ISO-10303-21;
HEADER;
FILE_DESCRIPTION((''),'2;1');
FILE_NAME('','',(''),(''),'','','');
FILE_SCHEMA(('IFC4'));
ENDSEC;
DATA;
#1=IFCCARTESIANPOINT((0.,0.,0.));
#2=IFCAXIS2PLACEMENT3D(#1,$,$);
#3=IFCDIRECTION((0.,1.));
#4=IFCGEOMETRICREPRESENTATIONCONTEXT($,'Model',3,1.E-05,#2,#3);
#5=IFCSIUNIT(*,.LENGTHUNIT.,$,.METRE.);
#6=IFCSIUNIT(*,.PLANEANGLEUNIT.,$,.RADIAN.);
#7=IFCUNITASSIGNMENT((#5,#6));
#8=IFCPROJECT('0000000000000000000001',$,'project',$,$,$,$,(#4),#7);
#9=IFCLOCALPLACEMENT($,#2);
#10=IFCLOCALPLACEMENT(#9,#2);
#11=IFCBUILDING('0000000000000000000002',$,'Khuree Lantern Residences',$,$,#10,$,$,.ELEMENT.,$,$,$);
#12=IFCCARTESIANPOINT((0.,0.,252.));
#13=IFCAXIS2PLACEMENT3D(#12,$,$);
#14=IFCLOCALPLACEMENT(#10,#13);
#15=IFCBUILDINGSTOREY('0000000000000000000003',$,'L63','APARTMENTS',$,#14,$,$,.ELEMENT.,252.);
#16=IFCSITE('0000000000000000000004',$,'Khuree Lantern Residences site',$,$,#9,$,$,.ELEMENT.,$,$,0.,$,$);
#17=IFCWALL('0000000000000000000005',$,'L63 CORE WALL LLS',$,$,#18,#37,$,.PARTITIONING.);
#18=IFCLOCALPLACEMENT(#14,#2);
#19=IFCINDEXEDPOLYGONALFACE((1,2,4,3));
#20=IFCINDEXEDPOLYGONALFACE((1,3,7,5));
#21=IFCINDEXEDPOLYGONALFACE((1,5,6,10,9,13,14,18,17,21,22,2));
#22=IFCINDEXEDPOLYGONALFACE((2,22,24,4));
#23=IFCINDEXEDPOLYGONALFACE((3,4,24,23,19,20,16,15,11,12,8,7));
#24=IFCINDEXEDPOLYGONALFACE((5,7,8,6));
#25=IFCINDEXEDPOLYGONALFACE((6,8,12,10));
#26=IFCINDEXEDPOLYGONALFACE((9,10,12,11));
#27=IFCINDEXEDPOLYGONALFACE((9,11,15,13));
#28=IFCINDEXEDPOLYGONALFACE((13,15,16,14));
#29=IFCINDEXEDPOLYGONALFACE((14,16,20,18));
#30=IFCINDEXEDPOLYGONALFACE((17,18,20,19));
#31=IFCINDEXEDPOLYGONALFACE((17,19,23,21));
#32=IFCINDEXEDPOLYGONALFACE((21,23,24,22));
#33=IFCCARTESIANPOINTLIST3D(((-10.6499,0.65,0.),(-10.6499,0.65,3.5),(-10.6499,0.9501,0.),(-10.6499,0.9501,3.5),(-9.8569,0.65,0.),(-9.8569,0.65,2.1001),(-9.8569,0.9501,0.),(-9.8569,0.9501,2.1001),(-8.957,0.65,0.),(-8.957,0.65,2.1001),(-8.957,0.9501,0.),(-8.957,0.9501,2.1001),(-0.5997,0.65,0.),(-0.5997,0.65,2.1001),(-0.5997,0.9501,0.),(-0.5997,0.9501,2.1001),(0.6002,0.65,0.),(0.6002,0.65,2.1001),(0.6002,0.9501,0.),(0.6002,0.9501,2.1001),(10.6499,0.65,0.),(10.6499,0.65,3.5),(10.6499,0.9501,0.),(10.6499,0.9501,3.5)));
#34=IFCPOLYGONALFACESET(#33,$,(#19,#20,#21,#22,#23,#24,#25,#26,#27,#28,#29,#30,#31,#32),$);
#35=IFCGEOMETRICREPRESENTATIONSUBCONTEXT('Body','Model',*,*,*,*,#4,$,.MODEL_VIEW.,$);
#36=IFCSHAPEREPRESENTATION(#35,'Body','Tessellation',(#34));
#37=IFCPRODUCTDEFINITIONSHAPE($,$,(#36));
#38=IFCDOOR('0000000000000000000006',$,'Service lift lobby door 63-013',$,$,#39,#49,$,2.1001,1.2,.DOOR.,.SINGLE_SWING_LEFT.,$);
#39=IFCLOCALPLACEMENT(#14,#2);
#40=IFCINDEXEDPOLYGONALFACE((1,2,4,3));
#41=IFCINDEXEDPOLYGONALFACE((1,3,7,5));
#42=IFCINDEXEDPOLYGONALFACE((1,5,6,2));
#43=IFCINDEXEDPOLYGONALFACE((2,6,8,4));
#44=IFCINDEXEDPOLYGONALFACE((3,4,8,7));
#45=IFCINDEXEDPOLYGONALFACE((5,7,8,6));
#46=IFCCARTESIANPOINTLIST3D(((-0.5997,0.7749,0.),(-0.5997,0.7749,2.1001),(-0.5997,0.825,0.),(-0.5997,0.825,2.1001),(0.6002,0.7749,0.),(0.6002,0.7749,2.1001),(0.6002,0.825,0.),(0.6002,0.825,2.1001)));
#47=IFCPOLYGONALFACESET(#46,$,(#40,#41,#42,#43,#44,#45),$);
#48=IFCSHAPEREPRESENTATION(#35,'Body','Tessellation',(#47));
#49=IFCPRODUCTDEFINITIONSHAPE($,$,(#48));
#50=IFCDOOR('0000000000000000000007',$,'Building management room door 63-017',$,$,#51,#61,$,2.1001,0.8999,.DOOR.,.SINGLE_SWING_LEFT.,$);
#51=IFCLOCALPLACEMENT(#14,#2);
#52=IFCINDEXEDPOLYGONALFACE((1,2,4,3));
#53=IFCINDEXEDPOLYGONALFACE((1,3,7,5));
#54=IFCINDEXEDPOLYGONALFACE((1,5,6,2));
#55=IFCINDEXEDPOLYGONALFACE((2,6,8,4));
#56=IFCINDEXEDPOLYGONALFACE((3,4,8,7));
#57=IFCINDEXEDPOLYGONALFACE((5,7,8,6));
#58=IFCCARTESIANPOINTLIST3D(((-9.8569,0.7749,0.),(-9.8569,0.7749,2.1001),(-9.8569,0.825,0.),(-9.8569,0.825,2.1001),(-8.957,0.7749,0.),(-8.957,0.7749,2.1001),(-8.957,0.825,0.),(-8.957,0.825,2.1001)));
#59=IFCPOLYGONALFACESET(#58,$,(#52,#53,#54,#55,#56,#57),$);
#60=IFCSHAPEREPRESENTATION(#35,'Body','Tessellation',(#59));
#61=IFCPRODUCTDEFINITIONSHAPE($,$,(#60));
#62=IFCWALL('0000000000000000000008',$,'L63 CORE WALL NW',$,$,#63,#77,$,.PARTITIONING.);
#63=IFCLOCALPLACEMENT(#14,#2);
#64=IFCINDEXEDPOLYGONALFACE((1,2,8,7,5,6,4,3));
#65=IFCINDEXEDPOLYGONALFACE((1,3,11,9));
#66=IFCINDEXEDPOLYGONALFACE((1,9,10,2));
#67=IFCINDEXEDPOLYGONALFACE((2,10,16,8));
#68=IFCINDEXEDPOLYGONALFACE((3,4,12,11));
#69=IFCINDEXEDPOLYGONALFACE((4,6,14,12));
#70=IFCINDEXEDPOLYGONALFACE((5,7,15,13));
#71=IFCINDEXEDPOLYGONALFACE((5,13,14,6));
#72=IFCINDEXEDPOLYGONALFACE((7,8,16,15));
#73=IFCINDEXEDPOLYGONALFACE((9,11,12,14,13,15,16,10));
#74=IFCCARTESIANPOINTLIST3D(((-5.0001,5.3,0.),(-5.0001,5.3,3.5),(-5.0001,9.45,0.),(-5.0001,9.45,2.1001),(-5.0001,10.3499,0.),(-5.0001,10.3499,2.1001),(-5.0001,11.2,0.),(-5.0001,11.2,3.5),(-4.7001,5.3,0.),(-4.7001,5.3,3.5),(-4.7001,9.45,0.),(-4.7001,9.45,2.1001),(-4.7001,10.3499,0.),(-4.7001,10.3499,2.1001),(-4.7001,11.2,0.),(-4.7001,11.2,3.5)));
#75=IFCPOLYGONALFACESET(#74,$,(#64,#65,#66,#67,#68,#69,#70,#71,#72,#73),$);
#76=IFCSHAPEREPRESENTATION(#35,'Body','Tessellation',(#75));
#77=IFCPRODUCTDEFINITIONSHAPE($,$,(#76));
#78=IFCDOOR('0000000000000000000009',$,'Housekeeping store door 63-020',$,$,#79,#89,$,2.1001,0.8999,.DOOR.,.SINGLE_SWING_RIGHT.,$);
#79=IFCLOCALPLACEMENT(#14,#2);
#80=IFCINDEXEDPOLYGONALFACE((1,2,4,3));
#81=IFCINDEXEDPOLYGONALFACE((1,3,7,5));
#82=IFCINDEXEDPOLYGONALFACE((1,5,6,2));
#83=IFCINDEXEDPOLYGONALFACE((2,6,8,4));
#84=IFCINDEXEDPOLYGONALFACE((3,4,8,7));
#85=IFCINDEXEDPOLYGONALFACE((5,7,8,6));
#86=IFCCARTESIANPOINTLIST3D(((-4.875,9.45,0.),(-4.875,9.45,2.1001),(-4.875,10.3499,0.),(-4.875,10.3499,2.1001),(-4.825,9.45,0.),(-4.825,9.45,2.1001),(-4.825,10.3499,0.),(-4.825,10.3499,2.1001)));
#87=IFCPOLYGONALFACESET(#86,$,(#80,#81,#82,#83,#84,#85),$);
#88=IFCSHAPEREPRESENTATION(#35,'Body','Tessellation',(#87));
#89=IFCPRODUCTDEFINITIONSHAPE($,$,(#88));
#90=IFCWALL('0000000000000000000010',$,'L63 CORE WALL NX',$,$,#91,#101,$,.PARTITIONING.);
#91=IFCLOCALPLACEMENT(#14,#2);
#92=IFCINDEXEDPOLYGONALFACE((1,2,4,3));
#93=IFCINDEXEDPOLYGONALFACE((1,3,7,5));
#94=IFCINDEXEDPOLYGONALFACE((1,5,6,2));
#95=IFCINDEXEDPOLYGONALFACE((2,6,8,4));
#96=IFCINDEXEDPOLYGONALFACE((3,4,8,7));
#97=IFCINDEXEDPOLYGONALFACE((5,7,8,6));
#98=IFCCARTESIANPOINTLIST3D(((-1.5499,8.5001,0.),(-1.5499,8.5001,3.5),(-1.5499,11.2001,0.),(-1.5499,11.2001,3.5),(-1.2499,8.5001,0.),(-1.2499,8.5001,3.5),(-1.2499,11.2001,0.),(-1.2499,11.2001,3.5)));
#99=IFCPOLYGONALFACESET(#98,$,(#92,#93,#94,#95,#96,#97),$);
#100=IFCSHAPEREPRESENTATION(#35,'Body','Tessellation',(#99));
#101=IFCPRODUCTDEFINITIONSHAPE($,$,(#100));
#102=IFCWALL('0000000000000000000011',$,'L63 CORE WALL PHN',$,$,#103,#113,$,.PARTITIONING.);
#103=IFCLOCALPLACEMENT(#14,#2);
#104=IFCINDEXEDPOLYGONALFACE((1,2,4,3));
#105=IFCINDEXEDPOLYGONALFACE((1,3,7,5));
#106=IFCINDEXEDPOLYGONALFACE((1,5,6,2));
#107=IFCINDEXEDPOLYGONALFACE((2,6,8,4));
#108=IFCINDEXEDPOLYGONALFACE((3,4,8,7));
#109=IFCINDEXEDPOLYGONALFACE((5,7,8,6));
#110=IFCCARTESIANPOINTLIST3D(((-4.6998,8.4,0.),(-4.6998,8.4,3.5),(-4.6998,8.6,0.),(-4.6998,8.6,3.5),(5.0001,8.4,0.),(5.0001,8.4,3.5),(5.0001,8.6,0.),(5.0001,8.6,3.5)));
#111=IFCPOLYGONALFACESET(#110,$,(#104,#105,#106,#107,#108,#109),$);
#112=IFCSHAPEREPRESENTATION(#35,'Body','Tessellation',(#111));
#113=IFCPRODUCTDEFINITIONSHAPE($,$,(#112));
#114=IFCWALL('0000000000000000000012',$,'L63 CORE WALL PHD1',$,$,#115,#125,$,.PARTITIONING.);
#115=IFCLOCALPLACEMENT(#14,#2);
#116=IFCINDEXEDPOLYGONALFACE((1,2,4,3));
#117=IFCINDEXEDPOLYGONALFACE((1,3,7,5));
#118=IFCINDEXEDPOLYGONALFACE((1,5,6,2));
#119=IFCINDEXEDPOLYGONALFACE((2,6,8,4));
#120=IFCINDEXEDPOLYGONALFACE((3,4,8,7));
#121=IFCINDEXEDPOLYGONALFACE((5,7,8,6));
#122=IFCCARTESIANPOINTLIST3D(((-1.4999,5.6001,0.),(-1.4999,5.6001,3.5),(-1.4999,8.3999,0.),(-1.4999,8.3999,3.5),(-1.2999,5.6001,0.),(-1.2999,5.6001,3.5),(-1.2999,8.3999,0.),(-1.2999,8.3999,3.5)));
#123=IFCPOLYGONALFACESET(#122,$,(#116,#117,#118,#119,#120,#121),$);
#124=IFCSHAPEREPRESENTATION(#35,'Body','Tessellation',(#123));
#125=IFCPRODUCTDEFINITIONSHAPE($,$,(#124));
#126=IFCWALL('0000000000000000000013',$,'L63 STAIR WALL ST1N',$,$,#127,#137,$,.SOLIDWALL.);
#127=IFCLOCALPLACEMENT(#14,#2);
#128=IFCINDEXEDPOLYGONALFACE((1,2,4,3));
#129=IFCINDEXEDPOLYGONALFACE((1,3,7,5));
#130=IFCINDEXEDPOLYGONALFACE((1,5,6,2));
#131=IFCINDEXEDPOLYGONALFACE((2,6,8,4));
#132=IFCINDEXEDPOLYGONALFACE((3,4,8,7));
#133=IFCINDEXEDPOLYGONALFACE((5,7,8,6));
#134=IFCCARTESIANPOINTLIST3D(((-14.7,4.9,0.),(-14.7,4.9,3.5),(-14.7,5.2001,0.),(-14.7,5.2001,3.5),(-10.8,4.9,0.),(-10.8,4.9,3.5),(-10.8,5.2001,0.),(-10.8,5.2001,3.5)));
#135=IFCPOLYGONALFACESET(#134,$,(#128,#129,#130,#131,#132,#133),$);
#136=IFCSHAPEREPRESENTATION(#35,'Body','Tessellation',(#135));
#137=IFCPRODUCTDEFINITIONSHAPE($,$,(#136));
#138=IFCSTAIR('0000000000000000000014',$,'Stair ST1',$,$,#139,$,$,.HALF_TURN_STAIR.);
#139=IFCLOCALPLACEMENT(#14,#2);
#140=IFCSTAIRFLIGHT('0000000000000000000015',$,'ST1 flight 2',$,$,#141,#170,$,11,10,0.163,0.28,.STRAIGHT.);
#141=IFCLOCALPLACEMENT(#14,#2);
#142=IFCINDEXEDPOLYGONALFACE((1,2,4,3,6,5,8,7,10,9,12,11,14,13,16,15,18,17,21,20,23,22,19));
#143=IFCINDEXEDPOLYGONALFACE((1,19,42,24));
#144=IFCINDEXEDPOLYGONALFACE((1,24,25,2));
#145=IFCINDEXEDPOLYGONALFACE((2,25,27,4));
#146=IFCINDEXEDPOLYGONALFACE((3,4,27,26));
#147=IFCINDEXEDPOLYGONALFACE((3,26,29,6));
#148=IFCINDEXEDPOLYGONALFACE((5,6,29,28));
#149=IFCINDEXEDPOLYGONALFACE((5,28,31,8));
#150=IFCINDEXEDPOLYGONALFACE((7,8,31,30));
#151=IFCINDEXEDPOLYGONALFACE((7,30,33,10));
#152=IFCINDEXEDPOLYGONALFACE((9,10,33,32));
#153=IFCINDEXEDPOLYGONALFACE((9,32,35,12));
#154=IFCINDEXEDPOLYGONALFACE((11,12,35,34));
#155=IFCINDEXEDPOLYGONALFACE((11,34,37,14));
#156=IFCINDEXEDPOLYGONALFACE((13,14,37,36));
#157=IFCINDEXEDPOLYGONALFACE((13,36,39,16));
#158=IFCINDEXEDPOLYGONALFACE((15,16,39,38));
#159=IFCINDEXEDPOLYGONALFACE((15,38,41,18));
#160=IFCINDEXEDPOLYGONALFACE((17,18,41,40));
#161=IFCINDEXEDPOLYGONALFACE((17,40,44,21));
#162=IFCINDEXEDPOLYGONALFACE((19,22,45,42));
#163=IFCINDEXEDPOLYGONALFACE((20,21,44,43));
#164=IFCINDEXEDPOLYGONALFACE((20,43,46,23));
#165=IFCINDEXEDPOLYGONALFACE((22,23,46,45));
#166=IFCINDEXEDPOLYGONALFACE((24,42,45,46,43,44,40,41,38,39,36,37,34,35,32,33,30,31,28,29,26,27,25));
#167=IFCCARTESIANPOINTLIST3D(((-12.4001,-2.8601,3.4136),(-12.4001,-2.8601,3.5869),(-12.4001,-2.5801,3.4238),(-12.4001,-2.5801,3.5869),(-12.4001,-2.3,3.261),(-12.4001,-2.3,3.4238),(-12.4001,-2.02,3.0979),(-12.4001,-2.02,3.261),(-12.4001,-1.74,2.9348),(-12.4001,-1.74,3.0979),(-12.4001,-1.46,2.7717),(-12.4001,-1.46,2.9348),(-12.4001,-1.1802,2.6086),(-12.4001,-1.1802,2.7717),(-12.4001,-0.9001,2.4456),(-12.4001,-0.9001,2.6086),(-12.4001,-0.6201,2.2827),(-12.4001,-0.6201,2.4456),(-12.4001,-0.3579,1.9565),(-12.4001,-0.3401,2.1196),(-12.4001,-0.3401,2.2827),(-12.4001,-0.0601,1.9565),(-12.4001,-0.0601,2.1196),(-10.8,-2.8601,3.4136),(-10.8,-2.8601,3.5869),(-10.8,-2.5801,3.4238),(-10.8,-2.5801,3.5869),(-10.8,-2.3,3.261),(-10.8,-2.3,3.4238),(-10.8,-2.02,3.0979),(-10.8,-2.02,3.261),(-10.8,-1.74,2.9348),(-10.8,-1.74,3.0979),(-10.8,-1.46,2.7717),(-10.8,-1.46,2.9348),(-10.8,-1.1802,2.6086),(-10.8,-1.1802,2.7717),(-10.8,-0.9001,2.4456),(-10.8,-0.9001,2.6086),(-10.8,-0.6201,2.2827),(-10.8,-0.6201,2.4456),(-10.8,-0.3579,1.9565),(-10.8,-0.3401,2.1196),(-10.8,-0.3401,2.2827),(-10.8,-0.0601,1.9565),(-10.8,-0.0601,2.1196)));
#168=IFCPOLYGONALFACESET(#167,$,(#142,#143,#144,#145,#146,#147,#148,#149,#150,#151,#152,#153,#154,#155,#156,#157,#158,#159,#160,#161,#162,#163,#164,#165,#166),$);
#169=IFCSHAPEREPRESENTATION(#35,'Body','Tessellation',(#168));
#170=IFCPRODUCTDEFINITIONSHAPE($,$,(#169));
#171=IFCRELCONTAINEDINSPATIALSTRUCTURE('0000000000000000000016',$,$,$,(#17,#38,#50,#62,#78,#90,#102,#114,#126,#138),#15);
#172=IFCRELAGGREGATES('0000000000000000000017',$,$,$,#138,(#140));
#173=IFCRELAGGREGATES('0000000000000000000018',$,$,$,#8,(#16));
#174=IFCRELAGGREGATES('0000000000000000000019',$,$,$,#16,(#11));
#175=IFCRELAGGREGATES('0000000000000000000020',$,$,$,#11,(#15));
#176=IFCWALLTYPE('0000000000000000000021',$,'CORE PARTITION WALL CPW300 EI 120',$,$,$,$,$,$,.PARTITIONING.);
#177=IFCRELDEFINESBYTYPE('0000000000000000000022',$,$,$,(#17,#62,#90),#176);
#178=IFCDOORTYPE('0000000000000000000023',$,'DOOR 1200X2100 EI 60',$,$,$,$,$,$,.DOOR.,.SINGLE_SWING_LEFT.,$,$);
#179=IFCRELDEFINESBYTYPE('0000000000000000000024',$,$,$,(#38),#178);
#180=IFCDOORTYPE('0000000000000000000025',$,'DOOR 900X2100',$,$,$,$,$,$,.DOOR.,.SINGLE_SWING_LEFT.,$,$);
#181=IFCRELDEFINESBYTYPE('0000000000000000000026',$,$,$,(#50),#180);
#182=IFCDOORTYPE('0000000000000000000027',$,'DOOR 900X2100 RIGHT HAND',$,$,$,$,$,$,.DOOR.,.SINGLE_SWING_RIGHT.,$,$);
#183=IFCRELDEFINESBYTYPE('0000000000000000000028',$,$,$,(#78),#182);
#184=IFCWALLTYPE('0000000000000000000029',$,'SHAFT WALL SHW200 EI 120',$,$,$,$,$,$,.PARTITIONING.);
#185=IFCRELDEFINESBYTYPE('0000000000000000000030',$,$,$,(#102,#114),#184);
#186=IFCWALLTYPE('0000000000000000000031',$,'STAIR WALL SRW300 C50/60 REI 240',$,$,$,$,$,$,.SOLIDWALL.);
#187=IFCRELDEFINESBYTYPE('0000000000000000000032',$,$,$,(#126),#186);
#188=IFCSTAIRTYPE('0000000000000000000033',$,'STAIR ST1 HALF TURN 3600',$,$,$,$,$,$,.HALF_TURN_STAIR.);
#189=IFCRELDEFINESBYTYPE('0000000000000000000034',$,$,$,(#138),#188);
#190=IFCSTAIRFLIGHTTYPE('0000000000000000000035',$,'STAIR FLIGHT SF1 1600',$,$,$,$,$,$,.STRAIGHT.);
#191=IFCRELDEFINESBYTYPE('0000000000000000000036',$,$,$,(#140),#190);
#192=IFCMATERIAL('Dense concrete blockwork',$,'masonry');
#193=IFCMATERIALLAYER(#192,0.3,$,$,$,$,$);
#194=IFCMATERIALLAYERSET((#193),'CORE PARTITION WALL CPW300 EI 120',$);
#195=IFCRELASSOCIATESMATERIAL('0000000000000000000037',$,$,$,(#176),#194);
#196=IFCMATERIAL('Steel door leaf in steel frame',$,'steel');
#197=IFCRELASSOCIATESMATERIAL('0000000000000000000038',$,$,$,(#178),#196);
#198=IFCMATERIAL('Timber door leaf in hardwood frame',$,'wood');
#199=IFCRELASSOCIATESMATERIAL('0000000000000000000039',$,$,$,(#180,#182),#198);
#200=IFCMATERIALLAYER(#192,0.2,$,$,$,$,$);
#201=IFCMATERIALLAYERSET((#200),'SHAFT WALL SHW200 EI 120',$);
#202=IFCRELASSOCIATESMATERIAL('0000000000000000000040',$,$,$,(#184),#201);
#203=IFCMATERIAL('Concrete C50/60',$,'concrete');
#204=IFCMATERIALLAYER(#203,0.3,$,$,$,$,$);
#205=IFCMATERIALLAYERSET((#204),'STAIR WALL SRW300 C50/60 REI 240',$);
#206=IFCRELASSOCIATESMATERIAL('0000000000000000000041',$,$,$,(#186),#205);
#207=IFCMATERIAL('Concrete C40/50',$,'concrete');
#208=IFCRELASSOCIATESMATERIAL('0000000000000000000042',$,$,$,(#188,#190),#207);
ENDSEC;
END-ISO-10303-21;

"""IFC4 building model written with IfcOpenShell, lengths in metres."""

from ifc_helpers import new_model, si_unit, direction, frame, frame_2d, origin, place, context, subcontext, project, spatial, polyline, rectangle, outline, extrude, material, layer, layer_set, type_object, element, fill, aggregate, save


model = new_model("IFC4")

# Units and contexts
model_context = context("Model", 3, precision=1e-05, world=origin(), true_north=direction((0.0, 1.0)))
body_context = subcontext(model_context, "Body", "Model", "MODEL_VIEW")
ifc_project = project(units=[si_unit("LENGTHUNIT", "METRE"), si_unit("PLANEANGLEUNIT", "RADIAN")], contexts=[model_context])

# Site, building, storey
site_placement = place(None, origin())
site = spatial("IfcSite", under=ifc_project, at=site_placement, Name="Khuree Lantern Residences site", CompositionType="ELEMENT", RefElevation=0.0)
building_placement = place(site_placement, origin())
building = spatial("IfcBuilding", under=site, at=building_placement, Name="Khuree Lantern Residences", CompositionType="ELEMENT")
storey_placement = place(building_placement, frame((0.0, 0.0, 252.0)))
storey = spatial("IfcBuildingStorey", under=building, at=storey_placement, Name="L63", Description="APARTMENTS", CompositionType="ELEMENT", Elevation=252.0)

# Shared definitions
ifc_material_1 = material(Name="Dense concrete blockwork", Category="masonry")
ifc_layer_1 = layer(ifc_material_1, 0.3)
ifc_layer_set_1 = layer_set([ifc_layer_1], Name="CORE PARTITION WALL CPW300 EI 120")
wall_type_1 = type_object("IfcWallType", Name="CORE PARTITION WALL CPW300 EI 120", PredefinedType="PARTITIONING", material=ifc_layer_set_1)

# Wall, openings, doors
wall_1_placement = place(storey_placement, frame((-10.6499, 0.8, 0.0), z_axis=(0.0, 0.0, 1.0), x_axis=(1.0, 0.0, 0.0)))
wall_1 = element("IfcWall", 1, at=wall_1_placement, inside=storey, type_object=wall_type_1, Name="L63 CORE WALL LLS", PredefinedType="PARTITIONING", context=body_context, shape_type="SweptSolid", body=[
    extrude(rectangle(XDim=21.2998, YDim=0.3, at=frame_2d((10.6499, 0.0))), origin(), (0.0, 0.0, 1.0), 3.5),
])
opening_1_placement = place(wall_1_placement, frame((10.05, 0.0, 0.0)))
opening_1 = element("IfcOpeningElement", 2, at=opening_1_placement, cuts=wall_1, PredefinedType="OPENING", context=body_context, shape_type="SweptSolid", body=[
    extrude(rectangle(XDim=1.2, YDim=2.1001, at=frame_2d((0.6001, 1.05))), frame((0.0, 0.1602, 0.0), z_axis=(0.0, -1.0, 0.0), x_axis=(1.0, 0.0, 0.0)), (0.0, 0.0, 1.0), 0.3201),
])
opening_2_placement = place(wall_1_placement, frame((0.793, 0.0, 0.0)))
opening_2 = element("IfcOpeningElement", 3, at=opening_2_placement, cuts=wall_1, PredefinedType="OPENING", context=body_context, shape_type="SweptSolid", body=[
    extrude(rectangle(XDim=0.8999, YDim=2.1001, at=frame_2d((0.45, 1.05))), frame((0.0, 0.1602, 0.0), z_axis=(0.0, -1.0, 0.0), x_axis=(1.0, 0.0, 0.0)), (0.0, 0.0, 1.0), 0.3201),
])
ifc_material_2 = material(Name="Steel door leaf in steel frame", Category="steel")
door_type_1 = type_object("IfcDoorType", Name="DOOR 1200X2100 EI 60", OperationType="SINGLE_SWING_LEFT", PredefinedType="DOOR", material=ifc_material_2)
door_1_placement = place(opening_1_placement, origin())
door_1 = element("IfcDoor", 4, at=door_1_placement, inside=storey, type_object=door_type_1, Name="Service lift lobby door 63-013", OperationType="SINGLE_SWING_LEFT", OverallHeight=2.1001, OverallWidth=1.2, PredefinedType="DOOR", context=body_context, shape_type="SweptSolid", body=[
    extrude(rectangle(XDim=1.2, YDim=2.1001, at=frame_2d((0.6001, 1.05))), frame((0.0, 0.0249, 0.0), z_axis=(0.0, -1.0, 0.0), x_axis=(1.0, 0.0, 0.0)), (0.0, 0.0, 1.0), 0.05),
])
fill(opening_1, door_1)
ifc_material_3 = material(Name="Timber door leaf in hardwood frame", Category="wood")
door_type_2 = type_object("IfcDoorType", Name="DOOR 900X2100", OperationType="SINGLE_SWING_LEFT", PredefinedType="DOOR", material=ifc_material_3)
door_2_placement = place(opening_2_placement, origin())
door_2 = element("IfcDoor", 5, at=door_2_placement, inside=storey, type_object=door_type_2, Name="Building management room door 63-017", OperationType="SINGLE_SWING_LEFT", OverallHeight=2.1001, OverallWidth=0.8999, PredefinedType="DOOR", context=body_context, shape_type="SweptSolid", body=[
    extrude(rectangle(XDim=0.8999, YDim=2.1001, at=frame_2d((0.45, 1.05))), frame((0.0, 0.0249, 0.0), z_axis=(0.0, -1.0, 0.0), x_axis=(1.0, 0.0, 0.0)), (0.0, 0.0, 1.0), 0.05),
])
fill(opening_2, door_2)

# Wall, opening, door
wall_2_placement = place(storey_placement, frame((-4.8501, 5.3, 0.0), z_axis=(0.0, 0.0, 1.0), x_axis=(0.0, 1.0, 0.0)))
wall_2 = element("IfcWall", 6, at=wall_2_placement, inside=storey, type_object=wall_type_1, Name="L63 CORE WALL NW", PredefinedType="PARTITIONING", context=body_context, shape_type="SweptSolid", body=[
    extrude(rectangle(XDim=5.8999, YDim=0.3, at=frame_2d((2.95, 0.0))), origin(), (0.0, 0.0, 1.0), 3.5),
])
opening_3_placement = place(wall_2_placement, frame((4.1499, 0.0, 0.0)))
opening_3 = element("IfcOpeningElement", 7, at=opening_3_placement, cuts=wall_2, PredefinedType="OPENING", context=body_context, shape_type="SweptSolid", body=[
    extrude(rectangle(XDim=0.8999, YDim=2.1001, at=frame_2d((0.45, 1.05))), frame((0.0, 0.1602, 0.0), z_axis=(0.0, -1.0, 0.0), x_axis=(1.0, 0.0, 0.0)), (0.0, 0.0, 1.0), 0.3201),
])
door_type_3 = type_object("IfcDoorType", Name="DOOR 900X2100 RIGHT HAND", OperationType="SINGLE_SWING_RIGHT", PredefinedType="DOOR", material=ifc_material_3)
door_3_placement = place(opening_3_placement, origin())
door_3 = element("IfcDoor", 8, at=door_3_placement, inside=storey, type_object=door_type_3, Name="Housekeeping store door 63-020", OperationType="SINGLE_SWING_RIGHT", OverallHeight=2.1001, OverallWidth=0.8999, PredefinedType="DOOR", context=body_context, shape_type="SweptSolid", body=[
    extrude(rectangle(XDim=0.8999, YDim=2.1001, at=frame_2d((0.45, 1.05))), frame((0.0, 0.0249, 0.0), z_axis=(0.0, -1.0, 0.0), x_axis=(1.0, 0.0, 0.0)), (0.0, 0.0, 1.0), 0.05),
])
fill(opening_3, door_3)

# Walls
wall_3_placement = place(storey_placement, frame((-1.3999, 8.5, 0.0), z_axis=(0.0, 0.0, 1.0), x_axis=(0.0, 1.0, 0.0)))
element("IfcWall", 9, at=wall_3_placement, inside=storey, type_object=wall_type_1, Name="L63 CORE WALL NX", PredefinedType="PARTITIONING", context=body_context, shape_type="SweptSolid", body=[
    extrude(rectangle(XDim=2.7, YDim=0.3, at=frame_2d((1.3501, 0.0))), origin(), (0.0, 0.0, 1.0), 3.5),
])
ifc_layer_2 = layer(ifc_material_1, 0.2)
ifc_layer_set_2 = layer_set([ifc_layer_2], Name="SHAFT WALL SHW200 EI 120")
wall_type_2 = type_object("IfcWallType", Name="SHAFT WALL SHW200 EI 120", PredefinedType="PARTITIONING", material=ifc_layer_set_2)
wall_4_placement = place(storey_placement, frame((-4.7, 8.5, 0.0), z_axis=(0.0, 0.0, 1.0), x_axis=(1.0, 0.0, 0.0)))
element("IfcWall", 10, at=wall_4_placement, inside=storey, type_object=wall_type_2, Name="L63 CORE WALL PHN", PredefinedType="PARTITIONING", context=body_context, shape_type="SweptSolid", body=[
    extrude(rectangle(XDim=9.7, YDim=0.2, at=frame_2d((4.8501, 0.0))), origin(), (0.0, 0.0, 1.0), 3.5),
])
wall_5_placement = place(storey_placement, frame((-1.3999, 5.6001, 0.0), z_axis=(0.0, 0.0, 1.0), x_axis=(0.0, 1.0, 0.0)))
element("IfcWall", 11, at=wall_5_placement, inside=storey, type_object=wall_type_2, Name="L63 CORE WALL PHD1", PredefinedType="PARTITIONING", context=body_context, shape_type="SweptSolid", body=[
    extrude(rectangle(XDim=2.7998, YDim=0.2, at=frame_2d((1.3999, 0.0))), origin(), (0.0, 0.0, 1.0), 3.5),
])
ifc_material_4 = material(Name="Concrete C50/60", Category="concrete")
ifc_layer_3 = layer(ifc_material_4, 0.3)
ifc_layer_set_3 = layer_set([ifc_layer_3], Name="STAIR WALL SRW300 C50/60 REI 240")
wall_type_3 = type_object("IfcWallType", Name="STAIR WALL SRW300 C50/60 REI 240", PredefinedType="SOLIDWALL", material=ifc_layer_set_3)
wall_6_placement = place(storey_placement, frame((-14.7, 5.05, 0.0), z_axis=(0.0, 0.0, 1.0), x_axis=(1.0, 0.0, 0.0)))
element("IfcWall", 12, at=wall_6_placement, inside=storey, type_object=wall_type_3, Name="L63 STAIR WALL ST1N", PredefinedType="SOLIDWALL", context=body_context, shape_type="SweptSolid", body=[
    extrude(rectangle(XDim=3.8999, YDim=0.3, at=frame_2d((1.95, 0.0))), origin(), (0.0, 0.0, 1.0), 3.5),
])

# Stair, stair flight
ifc_material_5 = material(Name="Concrete C40/50", Category="concrete")
stair_type = type_object("IfcStairType", Name="STAIR ST1 HALF TURN 3600", PredefinedType="HALF_TURN_STAIR", material=ifc_material_5)
stair_placement = place(storey_placement, origin())
stair = element("IfcStair", 13, at=stair_placement, inside=storey, type_object=stair_type, Name="Stair ST1", PredefinedType="HALF_TURN_STAIR")
stair_flight_type = type_object("IfcStairFlightType", Name="STAIR FLIGHT SF1 1600", PredefinedType="STRAIGHT", material=ifc_material_5)
stair_flight_placement = place(storey_placement, frame((-11.6001, -0.0601, 1.9565), z_axis=(0.0, 0.0, 1.0), x_axis=(0.0, -1.0, 0.0)))
stair_flight = element("IfcStairFlight", 14, at=stair_flight_placement, type_object=stair_flight_type, Name="ST1 flight 2", NumberOfRisers=11, NumberOfTreads=10, PredefinedType="STRAIGHT", RiserHeight=0.163, TreadLength=0.28, context=body_context, shape_type="SweptSolid", body=[
    extrude(outline(polyline([(0.0, 0.0), (0.0, 0.1631), (0.28, 0.1631), (0.28, 0.3262), (0.5601, 0.3262), (0.5601, 0.489), (0.8401, 0.489), (0.8401, 0.6521), (1.1201, 0.6521), (1.1201, 0.8152), (1.3999, 0.8152), (1.3999, 0.9783), (1.6799, 0.9783), (1.6799, 1.1414), (1.96, 1.1414), (1.96, 1.3044), (2.24, 1.3044), (2.24, 1.4673), (2.52, 1.4673), (2.52, 1.6304), (2.8, 1.6304), (2.8, 1.7935), (2.8, 1.457), (0.2979, 0.0), (0.0, 0.0)])), frame((0.0, 0.8, 0.0), z_axis=(0.0, -1.0, 0.0), x_axis=(1.0, 0.0, 0.0)), (0.0, 0.0, 1.0), 1.6001),
])
aggregate(stair, [stair_flight])

save(model, "model.ifc")
